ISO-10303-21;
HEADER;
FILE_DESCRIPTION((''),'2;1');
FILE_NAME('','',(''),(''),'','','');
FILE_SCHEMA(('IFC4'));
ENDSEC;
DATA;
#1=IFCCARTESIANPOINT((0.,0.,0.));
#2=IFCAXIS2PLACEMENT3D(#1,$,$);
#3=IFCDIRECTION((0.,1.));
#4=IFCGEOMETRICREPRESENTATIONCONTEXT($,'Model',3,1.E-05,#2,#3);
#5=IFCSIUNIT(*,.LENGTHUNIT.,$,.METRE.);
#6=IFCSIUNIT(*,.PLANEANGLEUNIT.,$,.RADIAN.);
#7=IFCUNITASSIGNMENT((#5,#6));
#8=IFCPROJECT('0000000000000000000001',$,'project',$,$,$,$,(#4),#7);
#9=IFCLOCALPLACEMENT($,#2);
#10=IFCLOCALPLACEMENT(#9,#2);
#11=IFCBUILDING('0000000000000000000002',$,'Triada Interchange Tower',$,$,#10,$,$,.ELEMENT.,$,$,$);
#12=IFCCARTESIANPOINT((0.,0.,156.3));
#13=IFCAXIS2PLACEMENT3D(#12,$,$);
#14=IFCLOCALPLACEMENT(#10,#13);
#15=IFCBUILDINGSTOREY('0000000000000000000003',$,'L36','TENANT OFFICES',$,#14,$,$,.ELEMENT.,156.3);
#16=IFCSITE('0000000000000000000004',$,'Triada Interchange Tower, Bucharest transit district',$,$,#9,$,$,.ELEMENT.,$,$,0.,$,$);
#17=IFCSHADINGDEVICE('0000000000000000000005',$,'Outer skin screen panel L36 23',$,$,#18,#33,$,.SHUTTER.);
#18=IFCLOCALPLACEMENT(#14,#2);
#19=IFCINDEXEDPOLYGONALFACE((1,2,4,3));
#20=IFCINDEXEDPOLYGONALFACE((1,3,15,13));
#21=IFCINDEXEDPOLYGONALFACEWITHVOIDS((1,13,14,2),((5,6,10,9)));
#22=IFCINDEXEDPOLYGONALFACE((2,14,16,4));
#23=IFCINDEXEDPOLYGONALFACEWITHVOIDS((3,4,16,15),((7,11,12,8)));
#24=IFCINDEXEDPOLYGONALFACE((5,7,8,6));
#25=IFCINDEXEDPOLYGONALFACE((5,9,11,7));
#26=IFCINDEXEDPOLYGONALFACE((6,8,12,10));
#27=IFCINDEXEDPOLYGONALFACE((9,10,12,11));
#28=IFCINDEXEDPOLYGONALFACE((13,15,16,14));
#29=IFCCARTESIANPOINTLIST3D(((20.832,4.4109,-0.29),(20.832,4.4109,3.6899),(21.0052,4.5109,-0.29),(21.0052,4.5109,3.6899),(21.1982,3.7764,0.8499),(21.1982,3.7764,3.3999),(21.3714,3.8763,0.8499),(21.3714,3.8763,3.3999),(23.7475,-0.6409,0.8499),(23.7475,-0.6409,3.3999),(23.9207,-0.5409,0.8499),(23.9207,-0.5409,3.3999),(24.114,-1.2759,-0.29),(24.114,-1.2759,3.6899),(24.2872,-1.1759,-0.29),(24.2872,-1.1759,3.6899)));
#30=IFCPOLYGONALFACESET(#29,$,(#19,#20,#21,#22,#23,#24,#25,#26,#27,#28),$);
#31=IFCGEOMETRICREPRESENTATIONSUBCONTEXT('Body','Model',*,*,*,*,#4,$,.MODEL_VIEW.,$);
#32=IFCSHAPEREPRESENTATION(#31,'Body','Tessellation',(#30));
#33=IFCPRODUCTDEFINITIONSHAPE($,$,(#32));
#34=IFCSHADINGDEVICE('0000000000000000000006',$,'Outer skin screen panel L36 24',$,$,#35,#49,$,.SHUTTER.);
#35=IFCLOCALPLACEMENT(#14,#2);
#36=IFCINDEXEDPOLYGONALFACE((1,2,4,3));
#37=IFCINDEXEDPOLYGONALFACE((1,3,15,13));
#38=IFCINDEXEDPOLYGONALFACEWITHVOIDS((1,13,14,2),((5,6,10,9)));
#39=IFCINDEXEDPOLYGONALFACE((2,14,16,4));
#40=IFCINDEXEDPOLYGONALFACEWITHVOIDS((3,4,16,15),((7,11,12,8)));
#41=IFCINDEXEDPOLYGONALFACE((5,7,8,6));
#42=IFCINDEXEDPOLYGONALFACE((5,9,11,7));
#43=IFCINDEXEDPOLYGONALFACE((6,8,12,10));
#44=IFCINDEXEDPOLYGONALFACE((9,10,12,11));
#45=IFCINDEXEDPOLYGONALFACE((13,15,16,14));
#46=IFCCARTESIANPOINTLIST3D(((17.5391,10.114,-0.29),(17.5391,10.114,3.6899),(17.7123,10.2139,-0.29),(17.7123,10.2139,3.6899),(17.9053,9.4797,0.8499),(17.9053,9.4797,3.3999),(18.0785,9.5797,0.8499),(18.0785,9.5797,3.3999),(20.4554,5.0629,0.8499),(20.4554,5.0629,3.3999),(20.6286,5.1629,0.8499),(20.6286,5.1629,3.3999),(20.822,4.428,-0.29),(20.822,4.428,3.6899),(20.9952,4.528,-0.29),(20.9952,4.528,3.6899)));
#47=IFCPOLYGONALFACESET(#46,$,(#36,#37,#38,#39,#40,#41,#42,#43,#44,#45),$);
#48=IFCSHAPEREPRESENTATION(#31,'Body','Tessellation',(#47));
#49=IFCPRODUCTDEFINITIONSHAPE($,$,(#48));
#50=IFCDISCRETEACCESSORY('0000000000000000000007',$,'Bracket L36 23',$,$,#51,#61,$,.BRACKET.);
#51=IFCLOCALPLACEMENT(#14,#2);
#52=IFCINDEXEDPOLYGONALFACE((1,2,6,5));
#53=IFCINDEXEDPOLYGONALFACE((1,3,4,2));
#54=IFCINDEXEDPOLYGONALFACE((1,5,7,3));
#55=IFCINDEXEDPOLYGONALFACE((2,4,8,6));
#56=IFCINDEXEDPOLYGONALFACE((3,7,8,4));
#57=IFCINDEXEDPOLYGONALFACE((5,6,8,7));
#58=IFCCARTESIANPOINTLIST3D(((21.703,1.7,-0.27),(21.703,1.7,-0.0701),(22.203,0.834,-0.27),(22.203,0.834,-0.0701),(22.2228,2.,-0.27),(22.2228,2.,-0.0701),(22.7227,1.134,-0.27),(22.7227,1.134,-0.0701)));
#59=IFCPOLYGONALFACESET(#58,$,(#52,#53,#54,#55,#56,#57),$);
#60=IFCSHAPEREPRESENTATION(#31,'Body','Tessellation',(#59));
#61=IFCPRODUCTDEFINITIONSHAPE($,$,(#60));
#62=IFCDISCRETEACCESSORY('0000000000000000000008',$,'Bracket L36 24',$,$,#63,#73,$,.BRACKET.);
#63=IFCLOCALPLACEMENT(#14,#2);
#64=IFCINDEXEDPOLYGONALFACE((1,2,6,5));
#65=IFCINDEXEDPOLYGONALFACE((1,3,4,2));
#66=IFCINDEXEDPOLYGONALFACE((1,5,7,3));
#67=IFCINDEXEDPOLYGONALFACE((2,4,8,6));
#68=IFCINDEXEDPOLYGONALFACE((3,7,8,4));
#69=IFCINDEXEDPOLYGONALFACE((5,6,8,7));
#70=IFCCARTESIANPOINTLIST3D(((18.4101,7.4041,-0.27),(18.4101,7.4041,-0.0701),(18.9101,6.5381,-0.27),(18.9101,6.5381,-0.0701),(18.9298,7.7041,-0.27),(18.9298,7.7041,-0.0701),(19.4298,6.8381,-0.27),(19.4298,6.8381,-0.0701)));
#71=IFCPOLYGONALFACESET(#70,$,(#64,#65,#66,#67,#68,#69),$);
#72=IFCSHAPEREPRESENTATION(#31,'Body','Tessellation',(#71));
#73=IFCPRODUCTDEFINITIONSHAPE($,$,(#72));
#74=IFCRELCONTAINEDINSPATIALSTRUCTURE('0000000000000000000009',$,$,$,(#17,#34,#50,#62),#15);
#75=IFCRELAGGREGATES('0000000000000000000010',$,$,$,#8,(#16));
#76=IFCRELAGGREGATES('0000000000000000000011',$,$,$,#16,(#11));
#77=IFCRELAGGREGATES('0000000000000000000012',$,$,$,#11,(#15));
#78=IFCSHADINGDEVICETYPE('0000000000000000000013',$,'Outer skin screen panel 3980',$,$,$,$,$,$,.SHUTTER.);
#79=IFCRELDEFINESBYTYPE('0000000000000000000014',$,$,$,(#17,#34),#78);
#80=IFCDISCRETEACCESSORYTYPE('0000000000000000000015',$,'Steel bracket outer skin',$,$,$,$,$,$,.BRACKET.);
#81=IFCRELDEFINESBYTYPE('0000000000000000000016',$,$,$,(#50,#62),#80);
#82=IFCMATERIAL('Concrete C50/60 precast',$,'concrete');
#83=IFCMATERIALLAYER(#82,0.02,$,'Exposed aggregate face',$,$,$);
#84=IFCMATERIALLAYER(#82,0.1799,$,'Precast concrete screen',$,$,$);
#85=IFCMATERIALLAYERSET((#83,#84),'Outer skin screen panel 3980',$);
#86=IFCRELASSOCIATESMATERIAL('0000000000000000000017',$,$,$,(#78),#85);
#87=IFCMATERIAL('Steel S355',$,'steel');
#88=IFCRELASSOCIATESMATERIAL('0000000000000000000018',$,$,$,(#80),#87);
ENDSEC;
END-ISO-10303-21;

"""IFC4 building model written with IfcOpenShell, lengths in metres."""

from ifc_helpers import new_model, si_unit, direction, frame, origin, origin_2d, place, context, subcontext, project, spatial, polyline, rectangle, outline, extrude, material, layer, layer_set, type_object, element, save


model = new_model("IFC4")

# Units and contexts
model_context = context("Model", 3, precision=1e-05, world=origin(), true_north=direction((0.0, 1.0)))
body_context = subcontext(model_context, "Body", "Model", "MODEL_VIEW")
ifc_project = project(units=[si_unit("LENGTHUNIT", "METRE"), si_unit("PLANEANGLEUNIT", "RADIAN")], contexts=[model_context])

# Site, building, storey
site_placement = place(None, origin())
site = spatial("IfcSite", under=ifc_project, at=site_placement, Name="Triada Interchange Tower, Bucharest transit district", CompositionType="ELEMENT", RefElevation=0.0)
building_placement = place(site_placement, origin())
building = spatial("IfcBuilding", under=site, at=building_placement, Name="Triada Interchange Tower", CompositionType="ELEMENT")
storey_placement = place(building_placement, frame((0.0, 0.0, 156.3)))
storey = spatial("IfcBuildingStorey", under=building, at=storey_placement, Name="L36", Description="TENANT OFFICES", CompositionType="ELEMENT", Elevation=156.3)

# Shading devices
ifc_material_1 = material(Name="Concrete C50/60 precast", Category="concrete")
ifc_layer_1 = layer(ifc_material_1, 0.02, Name="Exposed aggregate face")
ifc_layer_2 = layer(ifc_material_1, 0.1799, Name="Precast concrete screen")
ifc_layer_set_1 = layer_set([ifc_layer_1, ifc_layer_2], Name="Outer skin screen panel 3980")
shading_device_type = type_object("IfcShadingDeviceType", Name="Outer skin screen panel 3980", PredefinedType="SHUTTER", material=ifc_layer_set_1)
shading_device_1_placement = place(storey_placement, frame((24.114, -1.2759, -0.29), z_axis=(0.0, 0.0, 1.0), x_axis=(-0.499854, 0.866109, 0.0)))
element("IfcShadingDevice", 1, at=shading_device_1_placement, inside=storey, type_object=shading_device_type, Name="Outer skin screen panel L36 23", PredefinedType="SHUTTER", context=body_context, shape_type="SweptSolid", body=[
    extrude(outline(polyline([(0.0, 0.0), (6.5659, 0.0), (6.5659, 3.98), (0.0, 3.98), (0.0, 0.0)]), holes=[polyline([(0.7332, 1.1399), (0.7332, 3.6899), (5.8333, 3.6899), (5.8333, 1.1399), (0.7332, 1.1399)])]), frame((0.0, 0.0, 0.0), z_axis=(0.0, -1.0, 0.0), x_axis=(1.0, 0.0, 0.0)), (0.0, 0.0, 1.0), 0.2),
])
shading_device_2_placement = place(storey_placement, frame((20.822, 4.428, -0.29), z_axis=(0.0, 0.0, 1.0), x_axis=(-0.500014, 0.866017, 0.0)))
element("IfcShadingDevice", 2, at=shading_device_2_placement, inside=storey, type_object=shading_device_type, Name="Outer skin screen panel L36 24", PredefinedType="SHUTTER", context=body_context, shape_type="SweptSolid", body=[
    extrude(outline(polyline([(0.0, 0.0), (6.5657, 0.0), (6.5657, 3.98), (0.0, 3.98), (0.0, 0.0)]), holes=[polyline([(0.7332, 1.1399), (0.7332, 3.6899), (5.8333, 3.6899), (5.8333, 1.1399), (0.7332, 1.1399)])]), frame((0.0, 0.0, 0.0), z_axis=(0.0, -1.0, 0.0), x_axis=(1.0, 0.0, 0.0)), (0.0, 0.0, 1.0), 0.2),
])

# Discrete accessories
ifc_material_2 = material(Name="Steel S355", Category="steel")
discrete_accessory_type = type_object("IfcDiscreteAccessoryType", Name="Steel bracket outer skin", PredefinedType="BRACKET", material=ifc_material_2)
for number, where, z_axis, x_axis, name in (
    (3, (22.2129, 1.417, -0.27), (0.0, 0.0, 1.0), (0.866036, 0.499982, 0.0), "Bracket L36 23"),
    (4, (18.9199, 7.1211, -0.27), (0.0, 0.0, 1.0), (0.866036, 0.499982, 0.0), "Bracket L36 24"),
):
    element("IfcDiscreteAccessory", number, at=place(storey_placement, frame(where, z_axis=z_axis, x_axis=x_axis)), inside=storey, type_object=discrete_accessory_type, Name=name, PredefinedType="BRACKET", context=body_context, shape_type="SweptSolid", body=[
        extrude(rectangle(XDim=0.6001, YDim=1.0, at=origin_2d()), origin(), (0.0, 0.0, 1.0), 0.2),
    ])

save(model, "model.ifc")
